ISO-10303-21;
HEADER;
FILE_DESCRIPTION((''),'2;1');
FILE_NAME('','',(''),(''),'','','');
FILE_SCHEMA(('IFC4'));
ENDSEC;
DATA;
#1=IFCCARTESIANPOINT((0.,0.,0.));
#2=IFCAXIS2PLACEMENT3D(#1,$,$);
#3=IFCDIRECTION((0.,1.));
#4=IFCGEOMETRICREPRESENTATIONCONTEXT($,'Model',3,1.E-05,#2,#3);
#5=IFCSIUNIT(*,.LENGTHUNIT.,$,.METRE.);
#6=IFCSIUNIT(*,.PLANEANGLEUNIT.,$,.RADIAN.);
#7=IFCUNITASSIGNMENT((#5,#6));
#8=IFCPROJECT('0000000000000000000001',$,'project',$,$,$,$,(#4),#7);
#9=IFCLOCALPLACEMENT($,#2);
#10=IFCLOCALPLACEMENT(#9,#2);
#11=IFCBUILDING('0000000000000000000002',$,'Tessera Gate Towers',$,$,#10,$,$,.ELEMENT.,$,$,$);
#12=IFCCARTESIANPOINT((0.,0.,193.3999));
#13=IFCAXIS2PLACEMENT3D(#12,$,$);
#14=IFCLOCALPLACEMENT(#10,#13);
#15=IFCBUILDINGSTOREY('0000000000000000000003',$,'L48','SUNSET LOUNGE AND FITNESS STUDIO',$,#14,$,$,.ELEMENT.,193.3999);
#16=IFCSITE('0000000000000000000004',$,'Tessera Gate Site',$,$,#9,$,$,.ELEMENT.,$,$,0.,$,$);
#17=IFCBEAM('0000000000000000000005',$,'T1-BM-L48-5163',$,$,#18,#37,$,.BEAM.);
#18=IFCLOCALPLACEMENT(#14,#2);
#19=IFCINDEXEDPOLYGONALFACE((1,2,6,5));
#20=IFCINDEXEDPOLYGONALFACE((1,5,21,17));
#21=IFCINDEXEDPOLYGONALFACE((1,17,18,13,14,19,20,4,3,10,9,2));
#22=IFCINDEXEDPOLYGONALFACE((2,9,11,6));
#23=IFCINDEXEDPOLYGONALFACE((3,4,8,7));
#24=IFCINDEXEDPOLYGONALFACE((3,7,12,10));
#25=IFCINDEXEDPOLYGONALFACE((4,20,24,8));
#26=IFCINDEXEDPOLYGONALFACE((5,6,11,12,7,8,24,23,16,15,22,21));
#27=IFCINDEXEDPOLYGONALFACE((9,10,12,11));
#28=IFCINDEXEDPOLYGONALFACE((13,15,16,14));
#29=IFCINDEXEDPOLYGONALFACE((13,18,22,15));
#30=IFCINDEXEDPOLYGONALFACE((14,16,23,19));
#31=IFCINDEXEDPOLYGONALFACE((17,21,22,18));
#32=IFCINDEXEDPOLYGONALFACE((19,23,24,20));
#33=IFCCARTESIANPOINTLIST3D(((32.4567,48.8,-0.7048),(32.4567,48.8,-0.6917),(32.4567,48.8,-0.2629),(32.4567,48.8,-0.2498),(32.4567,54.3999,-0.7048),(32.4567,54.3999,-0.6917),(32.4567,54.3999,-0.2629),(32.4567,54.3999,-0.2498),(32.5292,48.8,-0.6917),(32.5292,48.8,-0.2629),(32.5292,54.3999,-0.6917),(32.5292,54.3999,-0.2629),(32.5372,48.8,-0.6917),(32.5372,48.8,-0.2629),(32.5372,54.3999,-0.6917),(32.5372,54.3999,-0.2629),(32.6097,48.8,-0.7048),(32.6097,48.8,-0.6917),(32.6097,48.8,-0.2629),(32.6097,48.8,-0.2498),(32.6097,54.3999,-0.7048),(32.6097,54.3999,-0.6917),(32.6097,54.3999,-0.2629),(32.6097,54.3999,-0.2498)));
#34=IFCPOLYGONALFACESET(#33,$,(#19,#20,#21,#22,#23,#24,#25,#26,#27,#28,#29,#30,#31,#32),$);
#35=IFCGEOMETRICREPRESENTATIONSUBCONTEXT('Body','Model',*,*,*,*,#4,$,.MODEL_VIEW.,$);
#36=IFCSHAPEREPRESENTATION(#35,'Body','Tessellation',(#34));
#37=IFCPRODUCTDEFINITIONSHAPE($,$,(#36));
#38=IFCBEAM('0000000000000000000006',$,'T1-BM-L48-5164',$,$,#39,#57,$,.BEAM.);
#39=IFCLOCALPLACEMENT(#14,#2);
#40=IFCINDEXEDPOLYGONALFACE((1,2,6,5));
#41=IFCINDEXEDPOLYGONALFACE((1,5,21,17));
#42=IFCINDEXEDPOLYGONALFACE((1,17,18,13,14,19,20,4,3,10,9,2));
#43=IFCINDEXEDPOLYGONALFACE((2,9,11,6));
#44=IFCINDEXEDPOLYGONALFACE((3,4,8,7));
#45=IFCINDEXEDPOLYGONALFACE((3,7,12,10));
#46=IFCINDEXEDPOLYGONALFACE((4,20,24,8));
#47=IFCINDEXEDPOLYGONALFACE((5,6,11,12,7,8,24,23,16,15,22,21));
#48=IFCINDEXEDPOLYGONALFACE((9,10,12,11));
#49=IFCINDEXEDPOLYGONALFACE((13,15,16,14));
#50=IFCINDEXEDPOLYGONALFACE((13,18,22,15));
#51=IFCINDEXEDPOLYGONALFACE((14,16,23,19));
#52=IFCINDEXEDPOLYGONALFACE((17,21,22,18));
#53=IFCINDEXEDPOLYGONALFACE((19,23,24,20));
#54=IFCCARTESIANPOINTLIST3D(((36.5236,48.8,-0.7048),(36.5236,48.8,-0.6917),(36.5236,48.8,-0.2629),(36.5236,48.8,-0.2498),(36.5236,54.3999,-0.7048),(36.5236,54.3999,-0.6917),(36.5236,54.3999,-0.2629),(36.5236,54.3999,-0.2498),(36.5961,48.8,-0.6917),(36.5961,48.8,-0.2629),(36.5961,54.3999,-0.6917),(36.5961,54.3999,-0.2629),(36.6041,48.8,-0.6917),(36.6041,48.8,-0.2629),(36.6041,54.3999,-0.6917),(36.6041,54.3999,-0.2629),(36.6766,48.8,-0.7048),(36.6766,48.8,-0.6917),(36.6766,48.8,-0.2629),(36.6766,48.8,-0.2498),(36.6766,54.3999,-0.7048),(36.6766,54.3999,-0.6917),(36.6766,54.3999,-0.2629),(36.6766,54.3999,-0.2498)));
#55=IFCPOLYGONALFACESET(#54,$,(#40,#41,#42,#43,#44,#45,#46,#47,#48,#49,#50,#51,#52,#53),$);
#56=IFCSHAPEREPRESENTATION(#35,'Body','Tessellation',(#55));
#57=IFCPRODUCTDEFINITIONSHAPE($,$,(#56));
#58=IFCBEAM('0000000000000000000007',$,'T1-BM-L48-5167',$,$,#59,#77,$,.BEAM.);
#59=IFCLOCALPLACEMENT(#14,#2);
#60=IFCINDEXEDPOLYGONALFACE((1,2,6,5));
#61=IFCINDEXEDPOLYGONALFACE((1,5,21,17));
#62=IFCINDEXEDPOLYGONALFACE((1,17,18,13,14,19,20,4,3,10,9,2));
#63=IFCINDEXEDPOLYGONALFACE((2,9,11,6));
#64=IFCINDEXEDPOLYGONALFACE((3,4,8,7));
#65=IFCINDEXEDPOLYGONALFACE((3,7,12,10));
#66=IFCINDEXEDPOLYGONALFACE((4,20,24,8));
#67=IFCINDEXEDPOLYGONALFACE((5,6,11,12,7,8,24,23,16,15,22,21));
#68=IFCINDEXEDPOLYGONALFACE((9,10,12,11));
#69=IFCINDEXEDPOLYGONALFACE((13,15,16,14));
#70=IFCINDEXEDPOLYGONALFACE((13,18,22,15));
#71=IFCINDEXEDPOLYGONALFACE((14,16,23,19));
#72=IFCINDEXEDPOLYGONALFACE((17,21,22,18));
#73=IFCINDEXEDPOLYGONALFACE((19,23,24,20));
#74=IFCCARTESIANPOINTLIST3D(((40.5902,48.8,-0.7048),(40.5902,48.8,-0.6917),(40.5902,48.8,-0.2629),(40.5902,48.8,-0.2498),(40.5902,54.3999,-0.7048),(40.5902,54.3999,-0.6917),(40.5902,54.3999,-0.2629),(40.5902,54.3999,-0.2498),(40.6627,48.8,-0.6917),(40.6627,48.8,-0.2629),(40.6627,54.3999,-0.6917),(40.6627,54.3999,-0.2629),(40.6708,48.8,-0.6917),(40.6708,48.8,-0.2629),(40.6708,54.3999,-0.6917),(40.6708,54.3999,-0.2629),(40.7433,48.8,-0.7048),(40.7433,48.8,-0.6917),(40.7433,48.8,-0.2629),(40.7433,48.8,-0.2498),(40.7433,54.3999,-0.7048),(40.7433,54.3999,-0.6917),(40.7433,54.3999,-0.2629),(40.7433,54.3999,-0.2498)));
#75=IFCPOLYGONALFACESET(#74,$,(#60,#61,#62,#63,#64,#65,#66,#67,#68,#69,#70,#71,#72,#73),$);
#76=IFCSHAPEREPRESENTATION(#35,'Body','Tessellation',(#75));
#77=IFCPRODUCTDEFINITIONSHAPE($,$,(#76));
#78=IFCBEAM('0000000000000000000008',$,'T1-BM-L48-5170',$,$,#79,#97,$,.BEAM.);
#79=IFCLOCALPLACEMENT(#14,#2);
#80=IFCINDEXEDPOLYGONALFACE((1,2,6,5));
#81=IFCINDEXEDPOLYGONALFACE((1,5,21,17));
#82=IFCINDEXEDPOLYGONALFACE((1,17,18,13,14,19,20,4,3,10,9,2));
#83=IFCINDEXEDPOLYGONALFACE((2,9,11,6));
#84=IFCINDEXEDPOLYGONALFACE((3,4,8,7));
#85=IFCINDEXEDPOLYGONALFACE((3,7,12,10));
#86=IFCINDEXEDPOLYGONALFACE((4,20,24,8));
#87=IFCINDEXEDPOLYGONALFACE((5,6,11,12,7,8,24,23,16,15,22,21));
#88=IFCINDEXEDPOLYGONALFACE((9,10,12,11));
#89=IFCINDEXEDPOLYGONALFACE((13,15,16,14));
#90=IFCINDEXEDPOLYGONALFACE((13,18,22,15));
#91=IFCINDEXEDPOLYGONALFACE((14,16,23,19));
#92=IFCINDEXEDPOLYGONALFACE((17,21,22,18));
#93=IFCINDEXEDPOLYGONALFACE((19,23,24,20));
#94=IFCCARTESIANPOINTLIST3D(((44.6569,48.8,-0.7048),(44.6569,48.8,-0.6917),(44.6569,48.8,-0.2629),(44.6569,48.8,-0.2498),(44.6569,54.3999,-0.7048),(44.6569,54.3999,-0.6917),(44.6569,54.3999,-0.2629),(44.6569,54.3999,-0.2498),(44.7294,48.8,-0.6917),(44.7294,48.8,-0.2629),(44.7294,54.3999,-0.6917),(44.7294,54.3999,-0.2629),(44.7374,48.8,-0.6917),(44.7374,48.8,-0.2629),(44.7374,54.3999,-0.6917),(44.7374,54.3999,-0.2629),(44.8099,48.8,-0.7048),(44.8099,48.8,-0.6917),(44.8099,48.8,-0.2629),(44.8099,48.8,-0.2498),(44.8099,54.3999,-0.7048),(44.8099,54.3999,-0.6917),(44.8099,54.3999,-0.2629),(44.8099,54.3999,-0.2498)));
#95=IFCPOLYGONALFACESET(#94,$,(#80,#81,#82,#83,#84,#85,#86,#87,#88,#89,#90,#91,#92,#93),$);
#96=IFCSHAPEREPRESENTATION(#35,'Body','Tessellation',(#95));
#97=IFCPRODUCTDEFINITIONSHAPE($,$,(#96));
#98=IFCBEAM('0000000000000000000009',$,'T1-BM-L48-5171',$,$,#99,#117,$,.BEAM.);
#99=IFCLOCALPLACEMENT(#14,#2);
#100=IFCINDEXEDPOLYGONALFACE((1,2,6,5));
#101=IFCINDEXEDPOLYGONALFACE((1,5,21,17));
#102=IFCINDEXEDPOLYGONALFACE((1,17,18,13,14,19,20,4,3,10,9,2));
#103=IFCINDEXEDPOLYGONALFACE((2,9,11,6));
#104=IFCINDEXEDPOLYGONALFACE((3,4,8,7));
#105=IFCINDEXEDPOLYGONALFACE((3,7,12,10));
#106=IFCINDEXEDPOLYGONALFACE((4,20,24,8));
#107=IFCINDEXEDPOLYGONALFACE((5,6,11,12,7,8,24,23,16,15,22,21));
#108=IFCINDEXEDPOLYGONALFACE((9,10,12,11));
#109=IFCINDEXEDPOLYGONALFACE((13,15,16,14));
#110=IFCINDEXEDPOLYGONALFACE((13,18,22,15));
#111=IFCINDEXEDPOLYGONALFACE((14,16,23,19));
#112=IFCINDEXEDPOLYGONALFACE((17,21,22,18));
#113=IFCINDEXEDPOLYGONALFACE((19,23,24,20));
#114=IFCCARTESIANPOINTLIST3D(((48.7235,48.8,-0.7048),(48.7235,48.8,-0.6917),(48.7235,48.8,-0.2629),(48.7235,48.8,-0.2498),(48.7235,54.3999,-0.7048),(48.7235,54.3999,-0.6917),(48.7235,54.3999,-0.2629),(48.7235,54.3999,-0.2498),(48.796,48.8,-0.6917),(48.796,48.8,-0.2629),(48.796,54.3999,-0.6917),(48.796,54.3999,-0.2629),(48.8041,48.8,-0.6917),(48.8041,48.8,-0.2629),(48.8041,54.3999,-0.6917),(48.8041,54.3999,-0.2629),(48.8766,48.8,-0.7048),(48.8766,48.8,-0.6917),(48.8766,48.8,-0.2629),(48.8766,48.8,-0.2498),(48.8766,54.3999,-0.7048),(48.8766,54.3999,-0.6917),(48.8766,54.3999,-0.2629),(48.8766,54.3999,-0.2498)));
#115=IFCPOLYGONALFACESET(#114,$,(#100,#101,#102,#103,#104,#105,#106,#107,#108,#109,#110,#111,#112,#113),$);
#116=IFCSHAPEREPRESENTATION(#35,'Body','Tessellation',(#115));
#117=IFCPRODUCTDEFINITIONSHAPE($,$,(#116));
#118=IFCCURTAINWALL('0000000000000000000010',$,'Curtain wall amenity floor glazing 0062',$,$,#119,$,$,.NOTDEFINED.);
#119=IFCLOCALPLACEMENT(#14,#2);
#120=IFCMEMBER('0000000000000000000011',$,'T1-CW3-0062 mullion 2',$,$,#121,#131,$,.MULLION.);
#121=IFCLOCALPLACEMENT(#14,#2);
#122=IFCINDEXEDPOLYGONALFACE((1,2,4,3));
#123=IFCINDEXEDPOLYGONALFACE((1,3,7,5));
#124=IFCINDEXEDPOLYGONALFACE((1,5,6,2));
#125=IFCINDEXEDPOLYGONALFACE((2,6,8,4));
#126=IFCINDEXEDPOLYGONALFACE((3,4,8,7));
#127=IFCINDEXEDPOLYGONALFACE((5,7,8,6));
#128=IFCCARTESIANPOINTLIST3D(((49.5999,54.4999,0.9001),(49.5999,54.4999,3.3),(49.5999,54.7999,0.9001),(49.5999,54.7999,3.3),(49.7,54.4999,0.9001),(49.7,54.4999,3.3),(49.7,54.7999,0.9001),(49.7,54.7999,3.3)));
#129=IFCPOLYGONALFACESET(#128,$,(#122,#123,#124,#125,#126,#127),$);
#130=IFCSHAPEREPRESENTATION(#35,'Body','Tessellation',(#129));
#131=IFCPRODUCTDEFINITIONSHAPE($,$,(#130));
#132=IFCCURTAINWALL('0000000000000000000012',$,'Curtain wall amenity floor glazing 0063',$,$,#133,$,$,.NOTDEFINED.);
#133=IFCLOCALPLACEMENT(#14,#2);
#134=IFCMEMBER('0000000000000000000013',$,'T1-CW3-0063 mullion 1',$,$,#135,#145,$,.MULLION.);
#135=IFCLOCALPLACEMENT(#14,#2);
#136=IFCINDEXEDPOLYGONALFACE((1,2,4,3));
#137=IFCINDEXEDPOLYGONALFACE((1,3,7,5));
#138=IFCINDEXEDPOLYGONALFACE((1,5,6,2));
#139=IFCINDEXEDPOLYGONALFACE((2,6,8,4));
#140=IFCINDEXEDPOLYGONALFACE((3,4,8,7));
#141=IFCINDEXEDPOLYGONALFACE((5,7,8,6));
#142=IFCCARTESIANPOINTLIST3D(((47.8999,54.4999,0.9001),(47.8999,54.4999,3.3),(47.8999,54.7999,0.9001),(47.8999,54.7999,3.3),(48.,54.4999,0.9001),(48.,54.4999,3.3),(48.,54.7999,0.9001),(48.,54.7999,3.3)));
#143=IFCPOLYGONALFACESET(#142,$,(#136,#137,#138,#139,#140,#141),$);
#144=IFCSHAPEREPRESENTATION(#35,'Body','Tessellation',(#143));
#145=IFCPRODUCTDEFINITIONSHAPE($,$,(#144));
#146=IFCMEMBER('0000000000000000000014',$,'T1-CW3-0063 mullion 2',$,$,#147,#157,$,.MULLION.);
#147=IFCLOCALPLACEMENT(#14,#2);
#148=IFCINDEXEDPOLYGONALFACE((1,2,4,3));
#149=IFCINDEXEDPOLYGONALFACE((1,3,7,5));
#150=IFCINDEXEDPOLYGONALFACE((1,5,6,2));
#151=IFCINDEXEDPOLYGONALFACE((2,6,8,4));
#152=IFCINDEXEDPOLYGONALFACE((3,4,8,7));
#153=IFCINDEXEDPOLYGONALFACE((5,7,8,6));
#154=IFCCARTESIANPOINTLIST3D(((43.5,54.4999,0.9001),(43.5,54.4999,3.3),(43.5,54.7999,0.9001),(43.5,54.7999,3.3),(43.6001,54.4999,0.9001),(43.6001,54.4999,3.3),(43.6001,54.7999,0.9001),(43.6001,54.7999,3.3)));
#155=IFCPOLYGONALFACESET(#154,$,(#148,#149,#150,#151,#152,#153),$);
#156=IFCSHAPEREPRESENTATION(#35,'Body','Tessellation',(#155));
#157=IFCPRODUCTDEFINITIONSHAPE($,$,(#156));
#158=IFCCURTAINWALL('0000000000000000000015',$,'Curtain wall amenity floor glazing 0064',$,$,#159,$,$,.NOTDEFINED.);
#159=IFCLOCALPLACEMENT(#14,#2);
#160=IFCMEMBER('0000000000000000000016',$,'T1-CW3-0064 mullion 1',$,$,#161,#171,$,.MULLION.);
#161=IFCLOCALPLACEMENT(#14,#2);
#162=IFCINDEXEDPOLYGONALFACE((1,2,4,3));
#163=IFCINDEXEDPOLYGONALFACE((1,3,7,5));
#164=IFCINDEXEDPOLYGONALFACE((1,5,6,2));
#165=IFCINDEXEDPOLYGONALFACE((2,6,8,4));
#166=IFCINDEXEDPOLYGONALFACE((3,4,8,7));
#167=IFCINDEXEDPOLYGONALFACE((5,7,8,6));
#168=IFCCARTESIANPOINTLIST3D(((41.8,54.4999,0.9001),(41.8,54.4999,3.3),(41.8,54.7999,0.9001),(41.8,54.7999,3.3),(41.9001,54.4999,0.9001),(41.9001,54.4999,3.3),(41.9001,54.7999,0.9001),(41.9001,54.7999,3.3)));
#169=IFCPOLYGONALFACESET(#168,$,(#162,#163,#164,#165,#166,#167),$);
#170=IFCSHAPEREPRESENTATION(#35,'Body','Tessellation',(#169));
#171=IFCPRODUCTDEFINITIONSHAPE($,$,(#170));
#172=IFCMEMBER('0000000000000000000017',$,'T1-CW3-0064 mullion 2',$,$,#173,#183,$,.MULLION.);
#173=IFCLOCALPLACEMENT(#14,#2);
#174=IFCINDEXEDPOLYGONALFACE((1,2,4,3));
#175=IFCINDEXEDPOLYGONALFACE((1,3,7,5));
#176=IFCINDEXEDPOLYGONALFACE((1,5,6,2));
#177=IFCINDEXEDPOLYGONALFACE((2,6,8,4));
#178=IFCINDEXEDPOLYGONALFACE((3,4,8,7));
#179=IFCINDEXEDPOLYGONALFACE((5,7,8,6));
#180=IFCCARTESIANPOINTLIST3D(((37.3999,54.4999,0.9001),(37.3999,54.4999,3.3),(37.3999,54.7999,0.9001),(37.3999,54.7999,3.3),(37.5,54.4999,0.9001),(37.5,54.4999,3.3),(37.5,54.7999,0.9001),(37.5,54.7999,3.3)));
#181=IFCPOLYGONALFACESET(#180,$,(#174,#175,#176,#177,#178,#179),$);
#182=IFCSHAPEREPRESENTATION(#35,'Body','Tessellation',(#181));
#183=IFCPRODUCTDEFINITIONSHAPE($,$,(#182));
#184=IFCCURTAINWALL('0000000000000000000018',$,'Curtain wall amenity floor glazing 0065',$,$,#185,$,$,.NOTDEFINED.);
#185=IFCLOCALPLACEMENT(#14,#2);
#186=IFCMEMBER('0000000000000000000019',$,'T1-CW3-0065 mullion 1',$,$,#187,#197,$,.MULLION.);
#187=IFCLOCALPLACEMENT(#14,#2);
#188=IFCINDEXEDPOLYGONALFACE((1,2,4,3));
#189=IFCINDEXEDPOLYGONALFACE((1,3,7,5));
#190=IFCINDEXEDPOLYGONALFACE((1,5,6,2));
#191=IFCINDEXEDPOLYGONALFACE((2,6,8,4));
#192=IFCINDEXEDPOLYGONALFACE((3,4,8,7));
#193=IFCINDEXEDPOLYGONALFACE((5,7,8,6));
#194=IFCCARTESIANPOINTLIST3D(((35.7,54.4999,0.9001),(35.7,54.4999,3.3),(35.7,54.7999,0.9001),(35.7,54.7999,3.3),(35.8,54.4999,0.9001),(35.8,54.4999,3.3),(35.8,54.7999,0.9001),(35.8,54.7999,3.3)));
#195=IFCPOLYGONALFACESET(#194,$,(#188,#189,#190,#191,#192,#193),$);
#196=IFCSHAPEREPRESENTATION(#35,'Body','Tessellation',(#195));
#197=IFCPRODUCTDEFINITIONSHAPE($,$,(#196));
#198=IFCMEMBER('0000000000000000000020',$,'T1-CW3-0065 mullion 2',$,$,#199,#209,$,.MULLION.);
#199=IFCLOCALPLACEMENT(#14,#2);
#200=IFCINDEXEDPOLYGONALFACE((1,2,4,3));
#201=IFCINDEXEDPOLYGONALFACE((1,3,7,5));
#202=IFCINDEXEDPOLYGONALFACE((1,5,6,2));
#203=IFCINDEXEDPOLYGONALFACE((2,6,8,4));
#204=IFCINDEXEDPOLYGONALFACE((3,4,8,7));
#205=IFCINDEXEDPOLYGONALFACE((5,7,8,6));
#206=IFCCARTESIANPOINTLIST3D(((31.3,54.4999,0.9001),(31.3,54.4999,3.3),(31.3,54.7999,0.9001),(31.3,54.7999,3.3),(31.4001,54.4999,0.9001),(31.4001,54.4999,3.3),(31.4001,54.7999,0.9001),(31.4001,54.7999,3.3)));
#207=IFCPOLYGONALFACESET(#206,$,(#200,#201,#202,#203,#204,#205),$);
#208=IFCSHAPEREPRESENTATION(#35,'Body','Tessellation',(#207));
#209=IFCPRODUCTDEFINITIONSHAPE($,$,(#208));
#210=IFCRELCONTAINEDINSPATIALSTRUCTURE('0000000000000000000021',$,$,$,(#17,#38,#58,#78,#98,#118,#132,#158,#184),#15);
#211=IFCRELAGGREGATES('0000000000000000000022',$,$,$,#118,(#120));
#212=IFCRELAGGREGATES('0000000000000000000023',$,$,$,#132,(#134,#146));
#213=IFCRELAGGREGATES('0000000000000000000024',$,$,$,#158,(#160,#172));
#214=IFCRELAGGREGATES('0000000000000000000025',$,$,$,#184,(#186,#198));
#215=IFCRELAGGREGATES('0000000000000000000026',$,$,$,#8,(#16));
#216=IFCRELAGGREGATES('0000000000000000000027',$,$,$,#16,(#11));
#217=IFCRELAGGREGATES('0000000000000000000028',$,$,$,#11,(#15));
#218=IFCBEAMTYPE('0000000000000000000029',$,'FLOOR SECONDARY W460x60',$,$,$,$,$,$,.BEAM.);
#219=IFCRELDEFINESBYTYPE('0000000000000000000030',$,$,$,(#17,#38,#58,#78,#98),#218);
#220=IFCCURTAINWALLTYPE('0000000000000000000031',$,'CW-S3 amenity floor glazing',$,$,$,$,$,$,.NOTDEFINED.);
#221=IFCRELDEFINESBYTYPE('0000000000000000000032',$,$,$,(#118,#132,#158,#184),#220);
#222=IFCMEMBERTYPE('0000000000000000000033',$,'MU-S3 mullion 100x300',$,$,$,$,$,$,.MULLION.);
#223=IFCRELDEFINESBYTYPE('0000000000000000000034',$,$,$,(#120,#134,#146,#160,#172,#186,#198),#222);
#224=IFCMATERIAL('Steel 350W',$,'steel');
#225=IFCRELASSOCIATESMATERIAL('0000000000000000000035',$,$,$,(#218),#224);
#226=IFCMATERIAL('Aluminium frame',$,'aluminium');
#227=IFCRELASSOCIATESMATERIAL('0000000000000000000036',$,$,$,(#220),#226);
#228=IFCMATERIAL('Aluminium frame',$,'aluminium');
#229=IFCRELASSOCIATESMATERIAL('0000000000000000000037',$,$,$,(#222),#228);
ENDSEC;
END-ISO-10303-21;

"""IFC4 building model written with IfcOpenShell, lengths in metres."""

from ifc_helpers import new_model, si_unit, direction, frame, origin, origin_2d, place, context, subcontext, project, spatial, rectangle, i_section, extrude, material, material_profile, profile_set, type_object, element, aggregate, save


model = new_model("IFC4")

# Units and contexts
model_context = context("Model", 3, precision=1e-05, world=origin(), true_north=direction((0.0, 1.0)))
body_context = subcontext(model_context, "Body", "Model", "MODEL_VIEW")
ifc_project = project(units=[si_unit("LENGTHUNIT", "METRE"), si_unit("PLANEANGLEUNIT", "RADIAN")], contexts=[model_context])

# Site, building, storey
site_placement = place(None, origin())
site = spatial("IfcSite", under=ifc_project, at=site_placement, Name="Tessera Gate Site", CompositionType="ELEMENT", RefElevation=0.0)
building_placement = place(site_placement, origin())
building = spatial("IfcBuilding", under=site, at=building_placement, Name="Tessera Gate Towers", CompositionType="ELEMENT")
storey_placement = place(building_placement, frame((0.0, 0.0, 193.3999)))
storey = spatial("IfcBuildingStorey", under=building, at=storey_placement, Name="L48", Description="SUNSET LOUNGE AND FITNESS STUDIO", CompositionType="ELEMENT", Elevation=193.3999)

# Beams
ifc_material_1 = material(Name="Steel 350W", Category="steel")
ifc_material_profile_1 = material_profile(ifc_material_1, i_section(OverallWidth=0.1531, OverallDepth=0.4551, WebThickness=0.0081, FlangeThickness=0.0132, at=origin_2d()), Name="W460x60")
ifc_profile_set_1 = profile_set([ifc_material_profile_1], Name="Steel 350W")
beam_type = type_object("IfcBeamType", Name="FLOOR SECONDARY W460x60", PredefinedType="BEAM", material=ifc_profile_set_1)
for number, where, z_axis, x_axis, name in (
    (1, (32.5332, 48.8, -0.4773), (0.0, 1.0, 0.0), (-1.0, 0.0, 0.0), "T1-BM-L48-5163"),
    (2, (36.6001, 48.8, -0.4773), (0.0, 1.0, 0.0), (-1.0, 0.0, 0.0), "T1-BM-L48-5164"),
    (3, (40.6667, 48.8, -0.4773), (0.0, 1.0, 0.0), (-1.0, 0.0, 0.0), "T1-BM-L48-5167"),
    (4, (44.7334, 48.8, -0.4773), (0.0, 1.0, 0.0), (-1.0, 0.0, 0.0), "T1-BM-L48-5170"),
    (5, (48.8, 48.8, -0.4773), (0.0, 1.0, 0.0), (-1.0, 0.0, 0.0), "T1-BM-L48-5171"),
):
    element("IfcBeam", number, at=place(storey_placement, frame(where, z_axis=z_axis, x_axis=x_axis)), inside=storey, type_object=beam_type, Name=name, PredefinedType="BEAM", context=body_context, shape_type="SweptSolid", body=[
        extrude(i_section(OverallWidth=0.1531, OverallDepth=0.4551, WebThickness=0.0081, FlangeThickness=0.0132, at=origin_2d()), origin(), (0.0, 0.0, 1.0), 5.5999),
    ])

# Curtain wall, member
ifc_material_2 = material(Name="Aluminium frame", Category="aluminium")
curtain_wall_type = type_object("IfcCurtainWallType", Name="CW-S3 amenity floor glazing", PredefinedType="NOTDEFINED", material=ifc_material_2)
curtain_wall_1_placement = place(storey_placement, origin())
curtain_wall_1 = element("IfcCurtainWall", 6, at=curtain_wall_1_placement, inside=storey, type_object=curtain_wall_type, Name="Curtain wall amenity floor glazing 0062", PredefinedType="NOTDEFINED")
ifc_material_3 = material(Name="Aluminium frame", Category="aluminium")
ifc_material_profile_2 = material_profile(ifc_material_3, rectangle(XDim=0.1001, YDim=0.3, at=origin_2d()), Name="AL 100x300")
ifc_profile_set_2 = profile_set([ifc_material_profile_2], Name="Aluminium frame")
member_type_1 = type_object("IfcMemberType", Name="MU-S3 mullion 100x300", PredefinedType="MULLION", material=ifc_profile_set_2)
member_1_placement = place(storey_placement, frame((49.6499, 54.6499, 0.9001), z_axis=(0.0, 0.0, 1.0), x_axis=(-1.0, 0.0, 0.0)))
member_1 = element("IfcMember", 7, at=member_1_placement, type_object=member_type_1, Name="T1-CW3-0062 mullion 2", PredefinedType="MULLION", context=body_context, shape_type="SweptSolid", body=[
    extrude(rectangle(XDim=0.1001, YDim=0.3, at=origin_2d()), origin(), (0.0, 0.0, 1.0), 2.3999),
])
aggregate(curtain_wall_1, [member_1])

# Curtain walls, members
curtain_wall_2_placement = place(storey_placement, origin())
curtain_wall_2 = element("IfcCurtainWall", 8, at=curtain_wall_2_placement, inside=storey, type_object=curtain_wall_type, Name="Curtain wall amenity floor glazing 0063", PredefinedType="NOTDEFINED")
member_2_placement = place(storey_placement, frame((47.95, 54.6499, 0.9001), z_axis=(0.0, 0.0, 1.0), x_axis=(-1.0, 0.0, 0.0)))
member_2 = element("IfcMember", 9, at=member_2_placement, type_object=member_type_1, Name="T1-CW3-0063 mullion 1", PredefinedType="MULLION", context=body_context, shape_type="SweptSolid", body=[
    extrude(rectangle(XDim=0.1001, YDim=0.3, at=origin_2d()), origin(), (0.0, 0.0, 1.0), 2.3999),
])
member_3_placement = place(storey_placement, frame((43.55, 54.6499, 0.9001), z_axis=(0.0, 0.0, 1.0), x_axis=(-1.0, 0.0, 0.0)))
member_3 = element("IfcMember", 10, at=member_3_placement, type_object=member_type_1, Name="T1-CW3-0063 mullion 2", PredefinedType="MULLION", context=body_context, shape_type="SweptSolid", body=[
    extrude(rectangle(XDim=0.1001, YDim=0.3, at=origin_2d()), origin(), (0.0, 0.0, 1.0), 2.3999),
])
curtain_wall_3_placement = place(storey_placement, origin())
curtain_wall_3 = element("IfcCurtainWall", 11, at=curtain_wall_3_placement, inside=storey, type_object=curtain_wall_type, Name="Curtain wall amenity floor glazing 0064", PredefinedType="NOTDEFINED")
member_4_placement = place(storey_placement, frame((41.8501, 54.6499, 0.9001), z_axis=(0.0, 0.0, 1.0), x_axis=(-1.0, 0.0, 0.0)))
member_4 = element("IfcMember", 12, at=member_4_placement, type_object=member_type_1, Name="T1-CW3-0064 mullion 1", PredefinedType="MULLION", context=body_context, shape_type="SweptSolid", body=[
    extrude(rectangle(XDim=0.1001, YDim=0.3, at=origin_2d()), origin(), (0.0, 0.0, 1.0), 2.3999),
])
member_5_placement = place(storey_placement, frame((37.45, 54.6499, 0.9001), z_axis=(0.0, 0.0, 1.0), x_axis=(-1.0, 0.0, 0.0)))
member_5 = element("IfcMember", 13, at=member_5_placement, type_object=member_type_1, Name="T1-CW3-0064 mullion 2", PredefinedType="MULLION", context=body_context, shape_type="SweptSolid", body=[
    extrude(rectangle(XDim=0.1001, YDim=0.3, at=origin_2d()), origin(), (0.0, 0.0, 1.0), 2.3999),
])
curtain_wall_4_placement = place(storey_placement, origin())
curtain_wall_4 = element("IfcCurtainWall", 14, at=curtain_wall_4_placement, inside=storey, type_object=curtain_wall_type, Name="Curtain wall amenity floor glazing 0065", PredefinedType="NOTDEFINED")
member_6_placement = place(storey_placement, frame((35.75, 54.6499, 0.9001), z_axis=(0.0, 0.0, 1.0), x_axis=(-1.0, 0.0, 0.0)))
member_6 = element("IfcMember", 15, at=member_6_placement, type_object=member_type_1, Name="T1-CW3-0065 mullion 1", PredefinedType="MULLION", context=body_context, shape_type="SweptSolid", body=[
    extrude(rectangle(XDim=0.1001, YDim=0.3, at=origin_2d()), origin(), (0.0, 0.0, 1.0), 2.3999),
])
member_7_placement = place(storey_placement, frame((31.3501, 54.6499, 0.9001), z_axis=(0.0, 0.0, 1.0), x_axis=(-1.0, 0.0, 0.0)))
member_7 = element("IfcMember", 16, at=member_7_placement, type_object=member_type_1, Name="T1-CW3-0065 mullion 2", PredefinedType="MULLION", context=body_context, shape_type="SweptSolid", body=[
    extrude(rectangle(XDim=0.1001, YDim=0.3, at=origin_2d()), origin(), (0.0, 0.0, 1.0), 2.3999),
])

aggregate(curtain_wall_2, [member_2, member_3])
aggregate(curtain_wall_3, [member_4, member_5])
aggregate(curtain_wall_4, [member_6, member_7])

save(model, "model.ifc")
